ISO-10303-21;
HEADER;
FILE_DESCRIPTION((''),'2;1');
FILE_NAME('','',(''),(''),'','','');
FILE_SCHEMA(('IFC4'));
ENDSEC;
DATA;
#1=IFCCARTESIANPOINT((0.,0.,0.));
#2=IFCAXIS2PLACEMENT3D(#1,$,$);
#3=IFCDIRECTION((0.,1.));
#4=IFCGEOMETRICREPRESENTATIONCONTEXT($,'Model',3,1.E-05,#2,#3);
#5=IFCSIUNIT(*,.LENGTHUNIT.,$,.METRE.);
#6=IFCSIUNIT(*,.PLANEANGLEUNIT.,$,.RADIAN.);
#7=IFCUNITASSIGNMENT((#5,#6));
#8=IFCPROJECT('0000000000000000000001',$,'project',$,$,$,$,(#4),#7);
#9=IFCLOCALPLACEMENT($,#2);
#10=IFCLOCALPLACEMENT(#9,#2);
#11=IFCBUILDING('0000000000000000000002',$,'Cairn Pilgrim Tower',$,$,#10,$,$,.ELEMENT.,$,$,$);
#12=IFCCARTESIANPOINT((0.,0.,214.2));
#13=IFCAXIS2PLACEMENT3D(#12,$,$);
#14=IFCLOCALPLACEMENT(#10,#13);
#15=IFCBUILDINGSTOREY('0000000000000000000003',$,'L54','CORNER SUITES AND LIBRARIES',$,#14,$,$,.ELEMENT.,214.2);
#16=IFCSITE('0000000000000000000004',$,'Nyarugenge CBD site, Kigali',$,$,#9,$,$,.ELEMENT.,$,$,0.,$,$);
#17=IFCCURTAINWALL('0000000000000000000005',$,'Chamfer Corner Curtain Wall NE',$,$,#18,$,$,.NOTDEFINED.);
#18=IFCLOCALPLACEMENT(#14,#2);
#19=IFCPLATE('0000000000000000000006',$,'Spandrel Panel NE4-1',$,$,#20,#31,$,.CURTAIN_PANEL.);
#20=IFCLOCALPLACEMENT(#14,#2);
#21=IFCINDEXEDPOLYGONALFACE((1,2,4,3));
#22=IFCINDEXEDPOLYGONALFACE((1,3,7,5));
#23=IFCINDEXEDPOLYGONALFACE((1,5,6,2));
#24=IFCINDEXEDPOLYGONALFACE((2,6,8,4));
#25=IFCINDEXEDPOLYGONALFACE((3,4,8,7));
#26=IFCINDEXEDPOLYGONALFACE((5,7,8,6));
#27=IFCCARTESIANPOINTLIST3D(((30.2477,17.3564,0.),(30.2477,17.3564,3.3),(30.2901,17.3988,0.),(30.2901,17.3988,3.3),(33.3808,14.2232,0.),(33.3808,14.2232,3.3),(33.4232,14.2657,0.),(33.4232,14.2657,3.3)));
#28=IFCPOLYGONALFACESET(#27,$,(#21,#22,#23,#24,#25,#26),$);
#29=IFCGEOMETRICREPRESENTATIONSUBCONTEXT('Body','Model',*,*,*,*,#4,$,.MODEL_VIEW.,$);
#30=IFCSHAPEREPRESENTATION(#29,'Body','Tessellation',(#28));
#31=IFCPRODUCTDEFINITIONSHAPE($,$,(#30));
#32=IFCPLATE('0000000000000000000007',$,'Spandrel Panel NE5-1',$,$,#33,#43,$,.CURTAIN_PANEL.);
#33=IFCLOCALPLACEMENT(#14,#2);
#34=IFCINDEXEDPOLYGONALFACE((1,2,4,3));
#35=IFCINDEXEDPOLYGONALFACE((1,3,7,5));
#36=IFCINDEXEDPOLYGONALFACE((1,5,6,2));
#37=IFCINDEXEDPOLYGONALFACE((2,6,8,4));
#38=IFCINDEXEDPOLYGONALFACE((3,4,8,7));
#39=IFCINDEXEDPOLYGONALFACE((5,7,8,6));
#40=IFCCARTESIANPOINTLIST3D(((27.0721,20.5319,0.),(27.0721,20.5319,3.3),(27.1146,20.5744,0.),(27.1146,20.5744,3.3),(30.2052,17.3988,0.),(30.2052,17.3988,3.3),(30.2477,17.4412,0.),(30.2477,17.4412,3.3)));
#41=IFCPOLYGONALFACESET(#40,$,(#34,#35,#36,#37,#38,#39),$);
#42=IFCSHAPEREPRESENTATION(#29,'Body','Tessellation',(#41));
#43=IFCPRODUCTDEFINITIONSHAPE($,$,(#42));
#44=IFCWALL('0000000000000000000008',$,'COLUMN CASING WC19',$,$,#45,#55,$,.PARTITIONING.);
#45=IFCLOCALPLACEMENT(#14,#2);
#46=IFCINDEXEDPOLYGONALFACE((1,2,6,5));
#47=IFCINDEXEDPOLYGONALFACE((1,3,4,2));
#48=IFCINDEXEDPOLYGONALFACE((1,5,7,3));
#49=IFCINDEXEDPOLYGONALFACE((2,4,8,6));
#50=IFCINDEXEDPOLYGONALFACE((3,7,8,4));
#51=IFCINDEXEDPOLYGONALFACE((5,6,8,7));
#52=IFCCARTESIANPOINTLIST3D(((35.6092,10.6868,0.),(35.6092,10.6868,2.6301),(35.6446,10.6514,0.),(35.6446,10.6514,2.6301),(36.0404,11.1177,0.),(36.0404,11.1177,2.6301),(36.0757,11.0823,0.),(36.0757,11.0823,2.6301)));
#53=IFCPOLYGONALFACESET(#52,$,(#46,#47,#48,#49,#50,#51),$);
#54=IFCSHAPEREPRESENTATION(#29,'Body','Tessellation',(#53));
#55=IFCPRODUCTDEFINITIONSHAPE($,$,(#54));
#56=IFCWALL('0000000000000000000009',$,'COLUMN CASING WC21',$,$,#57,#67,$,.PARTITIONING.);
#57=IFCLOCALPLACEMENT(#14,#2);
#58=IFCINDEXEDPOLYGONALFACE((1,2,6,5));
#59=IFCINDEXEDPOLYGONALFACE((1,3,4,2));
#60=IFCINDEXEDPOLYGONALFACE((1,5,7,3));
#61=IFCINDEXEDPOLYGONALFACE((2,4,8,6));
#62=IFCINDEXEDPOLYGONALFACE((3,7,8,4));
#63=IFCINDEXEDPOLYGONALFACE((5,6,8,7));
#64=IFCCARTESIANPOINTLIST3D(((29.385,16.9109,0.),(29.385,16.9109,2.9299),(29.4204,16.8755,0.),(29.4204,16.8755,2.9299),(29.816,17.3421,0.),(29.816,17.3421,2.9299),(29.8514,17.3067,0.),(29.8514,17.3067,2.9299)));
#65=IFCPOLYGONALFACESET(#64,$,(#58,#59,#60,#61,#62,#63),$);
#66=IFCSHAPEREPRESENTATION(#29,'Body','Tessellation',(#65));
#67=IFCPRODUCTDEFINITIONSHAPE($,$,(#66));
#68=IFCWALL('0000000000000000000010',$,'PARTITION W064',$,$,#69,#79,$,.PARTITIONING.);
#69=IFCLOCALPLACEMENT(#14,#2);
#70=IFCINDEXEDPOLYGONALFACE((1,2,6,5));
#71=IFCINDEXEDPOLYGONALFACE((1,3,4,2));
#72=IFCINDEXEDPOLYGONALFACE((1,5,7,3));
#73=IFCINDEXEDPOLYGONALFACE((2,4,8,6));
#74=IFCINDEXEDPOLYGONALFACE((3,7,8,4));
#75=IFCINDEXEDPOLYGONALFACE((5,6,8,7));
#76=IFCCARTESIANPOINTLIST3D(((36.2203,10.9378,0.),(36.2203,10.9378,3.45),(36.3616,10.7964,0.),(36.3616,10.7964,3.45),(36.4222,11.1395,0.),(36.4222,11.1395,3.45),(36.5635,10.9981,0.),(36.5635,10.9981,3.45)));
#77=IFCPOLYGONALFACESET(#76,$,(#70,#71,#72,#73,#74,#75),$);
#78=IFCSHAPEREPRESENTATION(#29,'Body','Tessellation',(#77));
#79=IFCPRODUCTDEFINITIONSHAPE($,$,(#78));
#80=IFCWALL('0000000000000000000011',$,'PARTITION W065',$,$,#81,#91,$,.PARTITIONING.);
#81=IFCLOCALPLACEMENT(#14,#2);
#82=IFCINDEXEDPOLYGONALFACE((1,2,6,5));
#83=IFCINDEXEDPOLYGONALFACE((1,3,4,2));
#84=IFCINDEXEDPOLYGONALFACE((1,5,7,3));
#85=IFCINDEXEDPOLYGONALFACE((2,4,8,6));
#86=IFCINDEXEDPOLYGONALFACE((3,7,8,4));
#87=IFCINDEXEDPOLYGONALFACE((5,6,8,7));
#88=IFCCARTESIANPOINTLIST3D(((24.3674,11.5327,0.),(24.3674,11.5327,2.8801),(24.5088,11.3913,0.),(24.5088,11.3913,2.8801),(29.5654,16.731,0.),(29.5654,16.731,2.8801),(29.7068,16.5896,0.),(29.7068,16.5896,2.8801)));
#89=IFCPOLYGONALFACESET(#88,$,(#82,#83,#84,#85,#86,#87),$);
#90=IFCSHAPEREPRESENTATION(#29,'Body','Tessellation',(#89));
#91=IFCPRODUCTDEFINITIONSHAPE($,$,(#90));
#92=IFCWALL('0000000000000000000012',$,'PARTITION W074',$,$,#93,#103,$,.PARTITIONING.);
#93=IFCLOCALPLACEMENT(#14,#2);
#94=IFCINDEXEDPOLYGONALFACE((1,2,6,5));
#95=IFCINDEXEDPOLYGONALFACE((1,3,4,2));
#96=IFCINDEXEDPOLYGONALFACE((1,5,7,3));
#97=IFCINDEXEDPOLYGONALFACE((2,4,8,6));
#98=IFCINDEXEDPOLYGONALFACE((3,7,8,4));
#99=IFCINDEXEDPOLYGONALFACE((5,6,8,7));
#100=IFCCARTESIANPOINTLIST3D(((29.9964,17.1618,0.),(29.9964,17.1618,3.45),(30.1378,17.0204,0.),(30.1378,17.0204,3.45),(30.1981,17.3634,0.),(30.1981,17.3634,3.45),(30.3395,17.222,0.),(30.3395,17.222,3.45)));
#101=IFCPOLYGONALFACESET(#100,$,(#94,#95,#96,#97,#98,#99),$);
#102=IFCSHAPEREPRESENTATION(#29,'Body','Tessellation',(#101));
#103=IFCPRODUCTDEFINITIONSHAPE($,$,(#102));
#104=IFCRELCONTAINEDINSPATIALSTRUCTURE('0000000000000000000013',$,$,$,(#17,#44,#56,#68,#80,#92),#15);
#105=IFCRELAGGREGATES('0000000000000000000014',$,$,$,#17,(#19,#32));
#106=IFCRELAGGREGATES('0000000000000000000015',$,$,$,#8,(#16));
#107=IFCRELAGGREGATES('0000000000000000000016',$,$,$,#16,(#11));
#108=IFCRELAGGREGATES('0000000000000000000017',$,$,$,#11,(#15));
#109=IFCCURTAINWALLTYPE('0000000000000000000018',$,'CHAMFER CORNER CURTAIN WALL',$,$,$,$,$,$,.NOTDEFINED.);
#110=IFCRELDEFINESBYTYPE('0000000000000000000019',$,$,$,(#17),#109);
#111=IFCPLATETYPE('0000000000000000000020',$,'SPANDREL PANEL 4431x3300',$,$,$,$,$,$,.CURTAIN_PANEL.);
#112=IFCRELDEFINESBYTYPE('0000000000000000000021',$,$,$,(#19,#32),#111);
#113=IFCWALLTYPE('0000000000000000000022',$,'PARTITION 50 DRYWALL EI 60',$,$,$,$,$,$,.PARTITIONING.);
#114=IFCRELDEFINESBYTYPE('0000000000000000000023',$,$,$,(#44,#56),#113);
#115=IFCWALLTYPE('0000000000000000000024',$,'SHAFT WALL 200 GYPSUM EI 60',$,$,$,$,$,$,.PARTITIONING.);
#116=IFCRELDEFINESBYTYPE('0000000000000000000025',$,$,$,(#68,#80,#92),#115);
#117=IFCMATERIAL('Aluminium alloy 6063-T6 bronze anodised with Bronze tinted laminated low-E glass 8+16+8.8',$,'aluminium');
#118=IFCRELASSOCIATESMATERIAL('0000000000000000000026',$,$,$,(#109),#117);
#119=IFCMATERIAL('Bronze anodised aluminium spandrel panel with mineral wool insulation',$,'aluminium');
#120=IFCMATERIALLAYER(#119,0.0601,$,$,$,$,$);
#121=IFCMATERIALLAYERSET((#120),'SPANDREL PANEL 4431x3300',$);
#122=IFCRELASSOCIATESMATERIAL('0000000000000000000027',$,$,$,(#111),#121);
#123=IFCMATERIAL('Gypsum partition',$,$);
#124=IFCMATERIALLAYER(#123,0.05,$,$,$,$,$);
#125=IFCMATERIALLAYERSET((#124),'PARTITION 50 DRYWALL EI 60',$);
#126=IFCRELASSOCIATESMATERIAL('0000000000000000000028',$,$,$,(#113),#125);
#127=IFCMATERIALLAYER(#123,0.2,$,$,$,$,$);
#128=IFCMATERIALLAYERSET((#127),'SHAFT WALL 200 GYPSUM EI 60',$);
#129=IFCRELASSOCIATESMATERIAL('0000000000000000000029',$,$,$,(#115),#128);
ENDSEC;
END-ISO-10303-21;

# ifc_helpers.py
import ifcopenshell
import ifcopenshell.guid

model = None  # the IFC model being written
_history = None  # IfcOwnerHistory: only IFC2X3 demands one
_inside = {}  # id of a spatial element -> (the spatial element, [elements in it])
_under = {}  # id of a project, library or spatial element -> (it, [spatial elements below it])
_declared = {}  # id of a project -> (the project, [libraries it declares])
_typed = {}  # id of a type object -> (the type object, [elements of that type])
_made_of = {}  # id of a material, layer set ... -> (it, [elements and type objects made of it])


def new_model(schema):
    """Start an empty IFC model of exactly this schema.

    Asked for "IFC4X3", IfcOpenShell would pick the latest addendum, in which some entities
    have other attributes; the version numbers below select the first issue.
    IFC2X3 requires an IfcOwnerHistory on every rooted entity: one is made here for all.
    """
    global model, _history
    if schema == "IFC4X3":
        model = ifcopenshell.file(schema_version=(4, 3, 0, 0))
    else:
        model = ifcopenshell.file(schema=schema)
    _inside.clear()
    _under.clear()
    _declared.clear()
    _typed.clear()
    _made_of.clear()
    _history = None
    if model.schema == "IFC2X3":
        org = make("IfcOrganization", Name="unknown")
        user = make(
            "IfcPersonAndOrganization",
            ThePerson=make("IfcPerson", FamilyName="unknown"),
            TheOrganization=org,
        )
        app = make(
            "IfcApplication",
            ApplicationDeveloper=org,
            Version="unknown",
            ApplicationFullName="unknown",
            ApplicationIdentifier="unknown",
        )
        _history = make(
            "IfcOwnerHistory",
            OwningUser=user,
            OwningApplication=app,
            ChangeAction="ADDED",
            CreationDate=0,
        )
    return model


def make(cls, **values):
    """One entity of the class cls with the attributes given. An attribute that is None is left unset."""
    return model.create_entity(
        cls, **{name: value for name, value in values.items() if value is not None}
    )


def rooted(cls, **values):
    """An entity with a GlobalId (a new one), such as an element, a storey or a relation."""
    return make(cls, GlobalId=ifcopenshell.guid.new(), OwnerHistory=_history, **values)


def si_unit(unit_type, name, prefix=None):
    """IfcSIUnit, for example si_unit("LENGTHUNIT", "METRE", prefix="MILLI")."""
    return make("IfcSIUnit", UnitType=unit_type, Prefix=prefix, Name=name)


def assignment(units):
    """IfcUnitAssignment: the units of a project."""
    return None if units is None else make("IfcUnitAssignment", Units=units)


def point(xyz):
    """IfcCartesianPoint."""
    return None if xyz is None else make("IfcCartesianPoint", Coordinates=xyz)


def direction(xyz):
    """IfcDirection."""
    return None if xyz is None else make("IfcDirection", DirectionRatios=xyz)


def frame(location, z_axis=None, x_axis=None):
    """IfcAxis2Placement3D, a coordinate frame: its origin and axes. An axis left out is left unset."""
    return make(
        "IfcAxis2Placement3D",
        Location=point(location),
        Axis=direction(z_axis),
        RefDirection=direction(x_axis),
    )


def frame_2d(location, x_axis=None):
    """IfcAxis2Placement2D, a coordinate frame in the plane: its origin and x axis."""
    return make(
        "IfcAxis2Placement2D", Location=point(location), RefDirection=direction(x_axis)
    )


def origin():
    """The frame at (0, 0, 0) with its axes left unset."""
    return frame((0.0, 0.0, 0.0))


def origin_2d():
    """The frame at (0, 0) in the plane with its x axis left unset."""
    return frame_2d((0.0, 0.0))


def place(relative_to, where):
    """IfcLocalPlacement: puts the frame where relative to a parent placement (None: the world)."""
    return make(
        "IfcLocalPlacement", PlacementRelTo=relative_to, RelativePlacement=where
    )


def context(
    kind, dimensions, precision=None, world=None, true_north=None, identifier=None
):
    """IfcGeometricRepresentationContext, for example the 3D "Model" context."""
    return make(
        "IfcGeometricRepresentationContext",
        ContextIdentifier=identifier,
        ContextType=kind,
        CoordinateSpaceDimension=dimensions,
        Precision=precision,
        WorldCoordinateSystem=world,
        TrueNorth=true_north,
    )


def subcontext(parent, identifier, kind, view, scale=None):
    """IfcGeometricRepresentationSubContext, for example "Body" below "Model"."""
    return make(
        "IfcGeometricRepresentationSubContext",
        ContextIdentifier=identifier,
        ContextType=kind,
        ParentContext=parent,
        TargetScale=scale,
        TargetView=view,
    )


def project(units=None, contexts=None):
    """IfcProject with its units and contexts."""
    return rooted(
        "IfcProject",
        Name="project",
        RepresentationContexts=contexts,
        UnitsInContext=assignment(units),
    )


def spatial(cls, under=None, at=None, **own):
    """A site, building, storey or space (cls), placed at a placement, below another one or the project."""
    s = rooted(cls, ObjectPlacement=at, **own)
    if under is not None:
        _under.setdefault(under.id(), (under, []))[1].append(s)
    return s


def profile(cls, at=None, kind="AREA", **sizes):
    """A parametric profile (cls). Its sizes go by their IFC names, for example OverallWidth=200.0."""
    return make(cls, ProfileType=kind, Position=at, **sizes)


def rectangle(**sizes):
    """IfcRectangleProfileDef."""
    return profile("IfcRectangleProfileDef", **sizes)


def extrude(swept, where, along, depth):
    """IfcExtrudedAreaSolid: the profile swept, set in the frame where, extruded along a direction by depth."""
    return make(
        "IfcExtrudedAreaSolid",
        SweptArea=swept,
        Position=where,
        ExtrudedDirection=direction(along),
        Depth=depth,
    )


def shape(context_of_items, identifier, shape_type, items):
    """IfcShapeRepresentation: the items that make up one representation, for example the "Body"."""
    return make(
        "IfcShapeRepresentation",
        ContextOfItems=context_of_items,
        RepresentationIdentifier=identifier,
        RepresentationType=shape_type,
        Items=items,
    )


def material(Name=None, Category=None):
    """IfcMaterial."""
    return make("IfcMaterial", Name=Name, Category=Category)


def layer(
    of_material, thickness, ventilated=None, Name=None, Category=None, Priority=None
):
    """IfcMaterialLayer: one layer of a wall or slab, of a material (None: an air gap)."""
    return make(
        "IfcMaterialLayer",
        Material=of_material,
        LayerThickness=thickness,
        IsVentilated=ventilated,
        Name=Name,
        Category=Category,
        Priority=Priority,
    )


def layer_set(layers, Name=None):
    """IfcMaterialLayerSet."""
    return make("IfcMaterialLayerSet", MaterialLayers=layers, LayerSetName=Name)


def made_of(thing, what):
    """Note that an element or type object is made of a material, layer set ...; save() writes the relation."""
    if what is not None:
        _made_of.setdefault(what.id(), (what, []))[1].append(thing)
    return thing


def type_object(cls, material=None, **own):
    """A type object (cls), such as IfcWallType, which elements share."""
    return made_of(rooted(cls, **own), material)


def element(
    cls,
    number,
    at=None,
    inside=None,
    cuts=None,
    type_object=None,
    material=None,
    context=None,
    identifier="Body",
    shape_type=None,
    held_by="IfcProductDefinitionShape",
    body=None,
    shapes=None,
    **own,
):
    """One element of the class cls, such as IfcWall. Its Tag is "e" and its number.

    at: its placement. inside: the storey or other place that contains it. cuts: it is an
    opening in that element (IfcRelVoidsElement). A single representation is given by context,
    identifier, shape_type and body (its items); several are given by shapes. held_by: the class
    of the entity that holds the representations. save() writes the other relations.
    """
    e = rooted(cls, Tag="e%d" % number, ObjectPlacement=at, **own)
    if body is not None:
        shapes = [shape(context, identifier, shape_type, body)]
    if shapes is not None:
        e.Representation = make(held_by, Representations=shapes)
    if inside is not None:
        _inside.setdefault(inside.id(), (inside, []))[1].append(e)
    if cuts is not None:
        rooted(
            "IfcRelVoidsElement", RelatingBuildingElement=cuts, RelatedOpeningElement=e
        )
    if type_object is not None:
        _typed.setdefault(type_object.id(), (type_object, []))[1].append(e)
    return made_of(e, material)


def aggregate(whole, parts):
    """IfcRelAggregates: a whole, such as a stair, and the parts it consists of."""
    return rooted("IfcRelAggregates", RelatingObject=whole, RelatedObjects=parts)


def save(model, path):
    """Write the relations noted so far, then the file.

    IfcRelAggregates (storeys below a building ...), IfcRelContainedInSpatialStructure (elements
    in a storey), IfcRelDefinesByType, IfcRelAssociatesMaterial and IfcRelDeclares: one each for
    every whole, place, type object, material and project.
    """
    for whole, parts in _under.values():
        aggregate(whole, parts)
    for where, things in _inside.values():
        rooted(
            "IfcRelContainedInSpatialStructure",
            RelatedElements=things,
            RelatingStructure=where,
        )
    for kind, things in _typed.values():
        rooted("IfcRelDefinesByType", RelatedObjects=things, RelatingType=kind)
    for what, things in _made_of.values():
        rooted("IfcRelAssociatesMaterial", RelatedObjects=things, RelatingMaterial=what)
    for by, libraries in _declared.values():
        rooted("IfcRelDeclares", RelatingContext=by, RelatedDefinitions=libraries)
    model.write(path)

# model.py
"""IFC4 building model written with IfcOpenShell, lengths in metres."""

from ifc_helpers import new_model, si_unit, direction, frame, frame_2d, origin, origin_2d, place, context, subcontext, project, spatial, rectangle, extrude, material, layer, layer_set, type_object, element, aggregate, save


model = new_model("IFC4")

# Units and contexts
model_context = context("Model", 3, precision=1e-05, world=origin(), true_north=direction((0.0, 1.0)))
body_context = subcontext(model_context, "Body", "Model", "MODEL_VIEW")
ifc_project = project(units=[si_unit("LENGTHUNIT", "METRE"), si_unit("PLANEANGLEUNIT", "RADIAN")], contexts=[model_context])

# Site, building, storey
site_placement = place(None, origin())
site = spatial("IfcSite", under=ifc_project, at=site_placement, Name="Nyarugenge CBD site, Kigali", CompositionType="ELEMENT", RefElevation=0.0)
building_placement = place(site_placement, origin())
building = spatial("IfcBuilding", under=site, at=building_placement, Name="Cairn Pilgrim Tower", CompositionType="ELEMENT")
storey_placement = place(building_placement, frame((0.0, 0.0, 214.2)))
storey = spatial("IfcBuildingStorey", under=building, at=storey_placement, Name="L54", Description="CORNER SUITES AND LIBRARIES", CompositionType="ELEMENT", Elevation=214.2)

# Curtain wall
ifc_material_1 = material(Name="Aluminium alloy 6063-T6 bronze anodised with Bronze tinted laminated low-E glass 8+16+8.8", Category="aluminium")
curtain_wall_type = type_object("IfcCurtainWallType", Name="CHAMFER CORNER CURTAIN WALL", PredefinedType="NOTDEFINED", material=ifc_material_1)
curtain_wall_placement = place(storey_placement, origin())
curtain_wall = element("IfcCurtainWall", 1, at=curtain_wall_placement, inside=storey, type_object=curtain_wall_type, Name="Chamfer Corner Curtain Wall NE", PredefinedType="NOTDEFINED")

# Plates
ifc_material_2 = material(Name="Bronze anodised aluminium spandrel panel with mineral wool insulation", Category="aluminium")
ifc_layer_1 = layer(ifc_material_2, 0.0601)
ifc_layer_set_1 = layer_set([ifc_layer_1], Name="SPANDREL PANEL 4431x3300")
plate_type = type_object("IfcPlateType", Name="SPANDREL PANEL 4431x3300", PredefinedType="CURTAIN_PANEL", material=ifc_layer_set_1)
plate_1_placement = place(storey_placement, frame((31.8354, 15.811, 0.0), z_axis=(0.0, 0.0, 1.0), x_axis=(-0.707107, 0.707107, 0.0)))
plate_1 = element("IfcPlate", 2, at=plate_1_placement, type_object=plate_type, Name="Spandrel Panel NE4-1", PredefinedType="CURTAIN_PANEL", context=body_context, shape_type="SweptSolid", body=[
    extrude(rectangle(XDim=4.4309, YDim=0.0601, at=origin_2d()), origin(), (0.0, 0.0, 1.0), 3.3),
])
plate_2_placement = place(storey_placement, frame((28.6599, 18.9866, 0.0), z_axis=(0.0, 0.0, 1.0), x_axis=(-0.707107, 0.707107, 0.0)))
plate_2 = element("IfcPlate", 3, at=plate_2_placement, type_object=plate_type, Name="Spandrel Panel NE5-1", PredefinedType="CURTAIN_PANEL", context=body_context, shape_type="SweptSolid", body=[
    extrude(rectangle(XDim=4.4309, YDim=0.0601, at=origin_2d()), origin(), (0.0, 0.0, 1.0), 3.3),
])
aggregate(curtain_wall, [plate_1, plate_2])

# Walls
ifc_material_3 = material(Name="Gypsum partition")
ifc_layer_2 = layer(ifc_material_3, 0.05)
ifc_layer_set_2 = layer_set([ifc_layer_2], Name="PARTITION 50 DRYWALL EI 60")
wall_type_1 = type_object("IfcWallType", Name="PARTITION 50 DRYWALL EI 60", PredefinedType="PARTITIONING", material=ifc_layer_set_2)
wall_1_placement = place(storey_placement, frame((35.627, 10.6692, 0.0), z_axis=(0.0, 0.0, 1.0), x_axis=(0.707307, 0.706906, 0.0)))
element("IfcWall", 4, at=wall_1_placement, inside=storey, type_object=wall_type_1, Name="COLUMN CASING WC19", PredefinedType="PARTITIONING", context=body_context, shape_type="SweptSolid", body=[
    extrude(rectangle(XDim=0.6096, YDim=0.05, at=frame_2d((0.3047, 0.0))), origin(), (0.0, 0.0, 1.0), 2.6301),
])
wall_2_placement = place(storey_placement, frame((29.4028, 16.8933, 0.0), z_axis=(0.0, 0.0, 1.0), x_axis=(0.706906, 0.707307, 0.0)))
element("IfcWall", 5, at=wall_2_placement, inside=storey, type_object=wall_type_1, Name="COLUMN CASING WC21", PredefinedType="PARTITIONING", context=body_context, shape_type="SweptSolid", body=[
    extrude(rectangle(XDim=0.6096, YDim=0.05, at=frame_2d((0.3047, 0.0))), origin(), (0.0, 0.0, 1.0), 2.9299),
])
ifc_layer_3 = layer(ifc_material_3, 0.2)
ifc_layer_set_3 = layer_set([ifc_layer_3], Name="SHAFT WALL 200 GYPSUM EI 60")
wall_type_2 = type_object("IfcWallType", Name="SHAFT WALL 200 GYPSUM EI 60", PredefinedType="PARTITIONING", material=ifc_layer_set_3)
wall_3_placement = place(storey_placement, frame((36.291, 10.8672, 0.0), z_axis=(0.0, 0.0, 1.0), x_axis=(0.707534, 0.706679, 0.0)))
element("IfcWall", 6, at=wall_3_placement, inside=storey, type_object=wall_type_2, Name="PARTITION W064", PredefinedType="PARTITIONING", context=body_context, shape_type="SweptSolid", body=[
    extrude(rectangle(XDim=0.2854, YDim=0.2, at=frame_2d((0.1426, 0.0))), origin(), (0.0, 0.0, 1.0), 3.45),
])
wall_4_placement = place(storey_placement, frame((24.438, 11.4619, 0.0), z_axis=(0.0, 0.0, 1.0), x_axis=(0.70709, 0.707123, 0.0)))
element("IfcWall", 7, at=wall_4_placement, inside=storey, type_object=wall_type_2, Name="PARTITION W065", PredefinedType="PARTITIONING", context=body_context, shape_type="SweptSolid", body=[
    extrude(rectangle(XDim=7.3513, YDim=0.2, at=frame_2d((3.6758, 0.0))), origin(), (0.0, 0.0, 1.0), 2.8801),
])
wall_5_placement = place(storey_placement, frame((30.0671, 17.0911, 0.0), z_axis=(0.0, 0.0, 1.0), x_axis=(0.707107, 0.707107, 0.0)))
element("IfcWall", 8, at=wall_5_placement, inside=storey, type_object=wall_type_2, Name="PARTITION W074", PredefinedType="PARTITIONING", context=body_context, shape_type="SweptSolid", body=[
    extrude(rectangle(XDim=0.2852, YDim=0.2, at=frame_2d((0.1426, 0.0))), origin(), (0.0, 0.0, 1.0), 3.45),
])

save(model, "model.ifc")
